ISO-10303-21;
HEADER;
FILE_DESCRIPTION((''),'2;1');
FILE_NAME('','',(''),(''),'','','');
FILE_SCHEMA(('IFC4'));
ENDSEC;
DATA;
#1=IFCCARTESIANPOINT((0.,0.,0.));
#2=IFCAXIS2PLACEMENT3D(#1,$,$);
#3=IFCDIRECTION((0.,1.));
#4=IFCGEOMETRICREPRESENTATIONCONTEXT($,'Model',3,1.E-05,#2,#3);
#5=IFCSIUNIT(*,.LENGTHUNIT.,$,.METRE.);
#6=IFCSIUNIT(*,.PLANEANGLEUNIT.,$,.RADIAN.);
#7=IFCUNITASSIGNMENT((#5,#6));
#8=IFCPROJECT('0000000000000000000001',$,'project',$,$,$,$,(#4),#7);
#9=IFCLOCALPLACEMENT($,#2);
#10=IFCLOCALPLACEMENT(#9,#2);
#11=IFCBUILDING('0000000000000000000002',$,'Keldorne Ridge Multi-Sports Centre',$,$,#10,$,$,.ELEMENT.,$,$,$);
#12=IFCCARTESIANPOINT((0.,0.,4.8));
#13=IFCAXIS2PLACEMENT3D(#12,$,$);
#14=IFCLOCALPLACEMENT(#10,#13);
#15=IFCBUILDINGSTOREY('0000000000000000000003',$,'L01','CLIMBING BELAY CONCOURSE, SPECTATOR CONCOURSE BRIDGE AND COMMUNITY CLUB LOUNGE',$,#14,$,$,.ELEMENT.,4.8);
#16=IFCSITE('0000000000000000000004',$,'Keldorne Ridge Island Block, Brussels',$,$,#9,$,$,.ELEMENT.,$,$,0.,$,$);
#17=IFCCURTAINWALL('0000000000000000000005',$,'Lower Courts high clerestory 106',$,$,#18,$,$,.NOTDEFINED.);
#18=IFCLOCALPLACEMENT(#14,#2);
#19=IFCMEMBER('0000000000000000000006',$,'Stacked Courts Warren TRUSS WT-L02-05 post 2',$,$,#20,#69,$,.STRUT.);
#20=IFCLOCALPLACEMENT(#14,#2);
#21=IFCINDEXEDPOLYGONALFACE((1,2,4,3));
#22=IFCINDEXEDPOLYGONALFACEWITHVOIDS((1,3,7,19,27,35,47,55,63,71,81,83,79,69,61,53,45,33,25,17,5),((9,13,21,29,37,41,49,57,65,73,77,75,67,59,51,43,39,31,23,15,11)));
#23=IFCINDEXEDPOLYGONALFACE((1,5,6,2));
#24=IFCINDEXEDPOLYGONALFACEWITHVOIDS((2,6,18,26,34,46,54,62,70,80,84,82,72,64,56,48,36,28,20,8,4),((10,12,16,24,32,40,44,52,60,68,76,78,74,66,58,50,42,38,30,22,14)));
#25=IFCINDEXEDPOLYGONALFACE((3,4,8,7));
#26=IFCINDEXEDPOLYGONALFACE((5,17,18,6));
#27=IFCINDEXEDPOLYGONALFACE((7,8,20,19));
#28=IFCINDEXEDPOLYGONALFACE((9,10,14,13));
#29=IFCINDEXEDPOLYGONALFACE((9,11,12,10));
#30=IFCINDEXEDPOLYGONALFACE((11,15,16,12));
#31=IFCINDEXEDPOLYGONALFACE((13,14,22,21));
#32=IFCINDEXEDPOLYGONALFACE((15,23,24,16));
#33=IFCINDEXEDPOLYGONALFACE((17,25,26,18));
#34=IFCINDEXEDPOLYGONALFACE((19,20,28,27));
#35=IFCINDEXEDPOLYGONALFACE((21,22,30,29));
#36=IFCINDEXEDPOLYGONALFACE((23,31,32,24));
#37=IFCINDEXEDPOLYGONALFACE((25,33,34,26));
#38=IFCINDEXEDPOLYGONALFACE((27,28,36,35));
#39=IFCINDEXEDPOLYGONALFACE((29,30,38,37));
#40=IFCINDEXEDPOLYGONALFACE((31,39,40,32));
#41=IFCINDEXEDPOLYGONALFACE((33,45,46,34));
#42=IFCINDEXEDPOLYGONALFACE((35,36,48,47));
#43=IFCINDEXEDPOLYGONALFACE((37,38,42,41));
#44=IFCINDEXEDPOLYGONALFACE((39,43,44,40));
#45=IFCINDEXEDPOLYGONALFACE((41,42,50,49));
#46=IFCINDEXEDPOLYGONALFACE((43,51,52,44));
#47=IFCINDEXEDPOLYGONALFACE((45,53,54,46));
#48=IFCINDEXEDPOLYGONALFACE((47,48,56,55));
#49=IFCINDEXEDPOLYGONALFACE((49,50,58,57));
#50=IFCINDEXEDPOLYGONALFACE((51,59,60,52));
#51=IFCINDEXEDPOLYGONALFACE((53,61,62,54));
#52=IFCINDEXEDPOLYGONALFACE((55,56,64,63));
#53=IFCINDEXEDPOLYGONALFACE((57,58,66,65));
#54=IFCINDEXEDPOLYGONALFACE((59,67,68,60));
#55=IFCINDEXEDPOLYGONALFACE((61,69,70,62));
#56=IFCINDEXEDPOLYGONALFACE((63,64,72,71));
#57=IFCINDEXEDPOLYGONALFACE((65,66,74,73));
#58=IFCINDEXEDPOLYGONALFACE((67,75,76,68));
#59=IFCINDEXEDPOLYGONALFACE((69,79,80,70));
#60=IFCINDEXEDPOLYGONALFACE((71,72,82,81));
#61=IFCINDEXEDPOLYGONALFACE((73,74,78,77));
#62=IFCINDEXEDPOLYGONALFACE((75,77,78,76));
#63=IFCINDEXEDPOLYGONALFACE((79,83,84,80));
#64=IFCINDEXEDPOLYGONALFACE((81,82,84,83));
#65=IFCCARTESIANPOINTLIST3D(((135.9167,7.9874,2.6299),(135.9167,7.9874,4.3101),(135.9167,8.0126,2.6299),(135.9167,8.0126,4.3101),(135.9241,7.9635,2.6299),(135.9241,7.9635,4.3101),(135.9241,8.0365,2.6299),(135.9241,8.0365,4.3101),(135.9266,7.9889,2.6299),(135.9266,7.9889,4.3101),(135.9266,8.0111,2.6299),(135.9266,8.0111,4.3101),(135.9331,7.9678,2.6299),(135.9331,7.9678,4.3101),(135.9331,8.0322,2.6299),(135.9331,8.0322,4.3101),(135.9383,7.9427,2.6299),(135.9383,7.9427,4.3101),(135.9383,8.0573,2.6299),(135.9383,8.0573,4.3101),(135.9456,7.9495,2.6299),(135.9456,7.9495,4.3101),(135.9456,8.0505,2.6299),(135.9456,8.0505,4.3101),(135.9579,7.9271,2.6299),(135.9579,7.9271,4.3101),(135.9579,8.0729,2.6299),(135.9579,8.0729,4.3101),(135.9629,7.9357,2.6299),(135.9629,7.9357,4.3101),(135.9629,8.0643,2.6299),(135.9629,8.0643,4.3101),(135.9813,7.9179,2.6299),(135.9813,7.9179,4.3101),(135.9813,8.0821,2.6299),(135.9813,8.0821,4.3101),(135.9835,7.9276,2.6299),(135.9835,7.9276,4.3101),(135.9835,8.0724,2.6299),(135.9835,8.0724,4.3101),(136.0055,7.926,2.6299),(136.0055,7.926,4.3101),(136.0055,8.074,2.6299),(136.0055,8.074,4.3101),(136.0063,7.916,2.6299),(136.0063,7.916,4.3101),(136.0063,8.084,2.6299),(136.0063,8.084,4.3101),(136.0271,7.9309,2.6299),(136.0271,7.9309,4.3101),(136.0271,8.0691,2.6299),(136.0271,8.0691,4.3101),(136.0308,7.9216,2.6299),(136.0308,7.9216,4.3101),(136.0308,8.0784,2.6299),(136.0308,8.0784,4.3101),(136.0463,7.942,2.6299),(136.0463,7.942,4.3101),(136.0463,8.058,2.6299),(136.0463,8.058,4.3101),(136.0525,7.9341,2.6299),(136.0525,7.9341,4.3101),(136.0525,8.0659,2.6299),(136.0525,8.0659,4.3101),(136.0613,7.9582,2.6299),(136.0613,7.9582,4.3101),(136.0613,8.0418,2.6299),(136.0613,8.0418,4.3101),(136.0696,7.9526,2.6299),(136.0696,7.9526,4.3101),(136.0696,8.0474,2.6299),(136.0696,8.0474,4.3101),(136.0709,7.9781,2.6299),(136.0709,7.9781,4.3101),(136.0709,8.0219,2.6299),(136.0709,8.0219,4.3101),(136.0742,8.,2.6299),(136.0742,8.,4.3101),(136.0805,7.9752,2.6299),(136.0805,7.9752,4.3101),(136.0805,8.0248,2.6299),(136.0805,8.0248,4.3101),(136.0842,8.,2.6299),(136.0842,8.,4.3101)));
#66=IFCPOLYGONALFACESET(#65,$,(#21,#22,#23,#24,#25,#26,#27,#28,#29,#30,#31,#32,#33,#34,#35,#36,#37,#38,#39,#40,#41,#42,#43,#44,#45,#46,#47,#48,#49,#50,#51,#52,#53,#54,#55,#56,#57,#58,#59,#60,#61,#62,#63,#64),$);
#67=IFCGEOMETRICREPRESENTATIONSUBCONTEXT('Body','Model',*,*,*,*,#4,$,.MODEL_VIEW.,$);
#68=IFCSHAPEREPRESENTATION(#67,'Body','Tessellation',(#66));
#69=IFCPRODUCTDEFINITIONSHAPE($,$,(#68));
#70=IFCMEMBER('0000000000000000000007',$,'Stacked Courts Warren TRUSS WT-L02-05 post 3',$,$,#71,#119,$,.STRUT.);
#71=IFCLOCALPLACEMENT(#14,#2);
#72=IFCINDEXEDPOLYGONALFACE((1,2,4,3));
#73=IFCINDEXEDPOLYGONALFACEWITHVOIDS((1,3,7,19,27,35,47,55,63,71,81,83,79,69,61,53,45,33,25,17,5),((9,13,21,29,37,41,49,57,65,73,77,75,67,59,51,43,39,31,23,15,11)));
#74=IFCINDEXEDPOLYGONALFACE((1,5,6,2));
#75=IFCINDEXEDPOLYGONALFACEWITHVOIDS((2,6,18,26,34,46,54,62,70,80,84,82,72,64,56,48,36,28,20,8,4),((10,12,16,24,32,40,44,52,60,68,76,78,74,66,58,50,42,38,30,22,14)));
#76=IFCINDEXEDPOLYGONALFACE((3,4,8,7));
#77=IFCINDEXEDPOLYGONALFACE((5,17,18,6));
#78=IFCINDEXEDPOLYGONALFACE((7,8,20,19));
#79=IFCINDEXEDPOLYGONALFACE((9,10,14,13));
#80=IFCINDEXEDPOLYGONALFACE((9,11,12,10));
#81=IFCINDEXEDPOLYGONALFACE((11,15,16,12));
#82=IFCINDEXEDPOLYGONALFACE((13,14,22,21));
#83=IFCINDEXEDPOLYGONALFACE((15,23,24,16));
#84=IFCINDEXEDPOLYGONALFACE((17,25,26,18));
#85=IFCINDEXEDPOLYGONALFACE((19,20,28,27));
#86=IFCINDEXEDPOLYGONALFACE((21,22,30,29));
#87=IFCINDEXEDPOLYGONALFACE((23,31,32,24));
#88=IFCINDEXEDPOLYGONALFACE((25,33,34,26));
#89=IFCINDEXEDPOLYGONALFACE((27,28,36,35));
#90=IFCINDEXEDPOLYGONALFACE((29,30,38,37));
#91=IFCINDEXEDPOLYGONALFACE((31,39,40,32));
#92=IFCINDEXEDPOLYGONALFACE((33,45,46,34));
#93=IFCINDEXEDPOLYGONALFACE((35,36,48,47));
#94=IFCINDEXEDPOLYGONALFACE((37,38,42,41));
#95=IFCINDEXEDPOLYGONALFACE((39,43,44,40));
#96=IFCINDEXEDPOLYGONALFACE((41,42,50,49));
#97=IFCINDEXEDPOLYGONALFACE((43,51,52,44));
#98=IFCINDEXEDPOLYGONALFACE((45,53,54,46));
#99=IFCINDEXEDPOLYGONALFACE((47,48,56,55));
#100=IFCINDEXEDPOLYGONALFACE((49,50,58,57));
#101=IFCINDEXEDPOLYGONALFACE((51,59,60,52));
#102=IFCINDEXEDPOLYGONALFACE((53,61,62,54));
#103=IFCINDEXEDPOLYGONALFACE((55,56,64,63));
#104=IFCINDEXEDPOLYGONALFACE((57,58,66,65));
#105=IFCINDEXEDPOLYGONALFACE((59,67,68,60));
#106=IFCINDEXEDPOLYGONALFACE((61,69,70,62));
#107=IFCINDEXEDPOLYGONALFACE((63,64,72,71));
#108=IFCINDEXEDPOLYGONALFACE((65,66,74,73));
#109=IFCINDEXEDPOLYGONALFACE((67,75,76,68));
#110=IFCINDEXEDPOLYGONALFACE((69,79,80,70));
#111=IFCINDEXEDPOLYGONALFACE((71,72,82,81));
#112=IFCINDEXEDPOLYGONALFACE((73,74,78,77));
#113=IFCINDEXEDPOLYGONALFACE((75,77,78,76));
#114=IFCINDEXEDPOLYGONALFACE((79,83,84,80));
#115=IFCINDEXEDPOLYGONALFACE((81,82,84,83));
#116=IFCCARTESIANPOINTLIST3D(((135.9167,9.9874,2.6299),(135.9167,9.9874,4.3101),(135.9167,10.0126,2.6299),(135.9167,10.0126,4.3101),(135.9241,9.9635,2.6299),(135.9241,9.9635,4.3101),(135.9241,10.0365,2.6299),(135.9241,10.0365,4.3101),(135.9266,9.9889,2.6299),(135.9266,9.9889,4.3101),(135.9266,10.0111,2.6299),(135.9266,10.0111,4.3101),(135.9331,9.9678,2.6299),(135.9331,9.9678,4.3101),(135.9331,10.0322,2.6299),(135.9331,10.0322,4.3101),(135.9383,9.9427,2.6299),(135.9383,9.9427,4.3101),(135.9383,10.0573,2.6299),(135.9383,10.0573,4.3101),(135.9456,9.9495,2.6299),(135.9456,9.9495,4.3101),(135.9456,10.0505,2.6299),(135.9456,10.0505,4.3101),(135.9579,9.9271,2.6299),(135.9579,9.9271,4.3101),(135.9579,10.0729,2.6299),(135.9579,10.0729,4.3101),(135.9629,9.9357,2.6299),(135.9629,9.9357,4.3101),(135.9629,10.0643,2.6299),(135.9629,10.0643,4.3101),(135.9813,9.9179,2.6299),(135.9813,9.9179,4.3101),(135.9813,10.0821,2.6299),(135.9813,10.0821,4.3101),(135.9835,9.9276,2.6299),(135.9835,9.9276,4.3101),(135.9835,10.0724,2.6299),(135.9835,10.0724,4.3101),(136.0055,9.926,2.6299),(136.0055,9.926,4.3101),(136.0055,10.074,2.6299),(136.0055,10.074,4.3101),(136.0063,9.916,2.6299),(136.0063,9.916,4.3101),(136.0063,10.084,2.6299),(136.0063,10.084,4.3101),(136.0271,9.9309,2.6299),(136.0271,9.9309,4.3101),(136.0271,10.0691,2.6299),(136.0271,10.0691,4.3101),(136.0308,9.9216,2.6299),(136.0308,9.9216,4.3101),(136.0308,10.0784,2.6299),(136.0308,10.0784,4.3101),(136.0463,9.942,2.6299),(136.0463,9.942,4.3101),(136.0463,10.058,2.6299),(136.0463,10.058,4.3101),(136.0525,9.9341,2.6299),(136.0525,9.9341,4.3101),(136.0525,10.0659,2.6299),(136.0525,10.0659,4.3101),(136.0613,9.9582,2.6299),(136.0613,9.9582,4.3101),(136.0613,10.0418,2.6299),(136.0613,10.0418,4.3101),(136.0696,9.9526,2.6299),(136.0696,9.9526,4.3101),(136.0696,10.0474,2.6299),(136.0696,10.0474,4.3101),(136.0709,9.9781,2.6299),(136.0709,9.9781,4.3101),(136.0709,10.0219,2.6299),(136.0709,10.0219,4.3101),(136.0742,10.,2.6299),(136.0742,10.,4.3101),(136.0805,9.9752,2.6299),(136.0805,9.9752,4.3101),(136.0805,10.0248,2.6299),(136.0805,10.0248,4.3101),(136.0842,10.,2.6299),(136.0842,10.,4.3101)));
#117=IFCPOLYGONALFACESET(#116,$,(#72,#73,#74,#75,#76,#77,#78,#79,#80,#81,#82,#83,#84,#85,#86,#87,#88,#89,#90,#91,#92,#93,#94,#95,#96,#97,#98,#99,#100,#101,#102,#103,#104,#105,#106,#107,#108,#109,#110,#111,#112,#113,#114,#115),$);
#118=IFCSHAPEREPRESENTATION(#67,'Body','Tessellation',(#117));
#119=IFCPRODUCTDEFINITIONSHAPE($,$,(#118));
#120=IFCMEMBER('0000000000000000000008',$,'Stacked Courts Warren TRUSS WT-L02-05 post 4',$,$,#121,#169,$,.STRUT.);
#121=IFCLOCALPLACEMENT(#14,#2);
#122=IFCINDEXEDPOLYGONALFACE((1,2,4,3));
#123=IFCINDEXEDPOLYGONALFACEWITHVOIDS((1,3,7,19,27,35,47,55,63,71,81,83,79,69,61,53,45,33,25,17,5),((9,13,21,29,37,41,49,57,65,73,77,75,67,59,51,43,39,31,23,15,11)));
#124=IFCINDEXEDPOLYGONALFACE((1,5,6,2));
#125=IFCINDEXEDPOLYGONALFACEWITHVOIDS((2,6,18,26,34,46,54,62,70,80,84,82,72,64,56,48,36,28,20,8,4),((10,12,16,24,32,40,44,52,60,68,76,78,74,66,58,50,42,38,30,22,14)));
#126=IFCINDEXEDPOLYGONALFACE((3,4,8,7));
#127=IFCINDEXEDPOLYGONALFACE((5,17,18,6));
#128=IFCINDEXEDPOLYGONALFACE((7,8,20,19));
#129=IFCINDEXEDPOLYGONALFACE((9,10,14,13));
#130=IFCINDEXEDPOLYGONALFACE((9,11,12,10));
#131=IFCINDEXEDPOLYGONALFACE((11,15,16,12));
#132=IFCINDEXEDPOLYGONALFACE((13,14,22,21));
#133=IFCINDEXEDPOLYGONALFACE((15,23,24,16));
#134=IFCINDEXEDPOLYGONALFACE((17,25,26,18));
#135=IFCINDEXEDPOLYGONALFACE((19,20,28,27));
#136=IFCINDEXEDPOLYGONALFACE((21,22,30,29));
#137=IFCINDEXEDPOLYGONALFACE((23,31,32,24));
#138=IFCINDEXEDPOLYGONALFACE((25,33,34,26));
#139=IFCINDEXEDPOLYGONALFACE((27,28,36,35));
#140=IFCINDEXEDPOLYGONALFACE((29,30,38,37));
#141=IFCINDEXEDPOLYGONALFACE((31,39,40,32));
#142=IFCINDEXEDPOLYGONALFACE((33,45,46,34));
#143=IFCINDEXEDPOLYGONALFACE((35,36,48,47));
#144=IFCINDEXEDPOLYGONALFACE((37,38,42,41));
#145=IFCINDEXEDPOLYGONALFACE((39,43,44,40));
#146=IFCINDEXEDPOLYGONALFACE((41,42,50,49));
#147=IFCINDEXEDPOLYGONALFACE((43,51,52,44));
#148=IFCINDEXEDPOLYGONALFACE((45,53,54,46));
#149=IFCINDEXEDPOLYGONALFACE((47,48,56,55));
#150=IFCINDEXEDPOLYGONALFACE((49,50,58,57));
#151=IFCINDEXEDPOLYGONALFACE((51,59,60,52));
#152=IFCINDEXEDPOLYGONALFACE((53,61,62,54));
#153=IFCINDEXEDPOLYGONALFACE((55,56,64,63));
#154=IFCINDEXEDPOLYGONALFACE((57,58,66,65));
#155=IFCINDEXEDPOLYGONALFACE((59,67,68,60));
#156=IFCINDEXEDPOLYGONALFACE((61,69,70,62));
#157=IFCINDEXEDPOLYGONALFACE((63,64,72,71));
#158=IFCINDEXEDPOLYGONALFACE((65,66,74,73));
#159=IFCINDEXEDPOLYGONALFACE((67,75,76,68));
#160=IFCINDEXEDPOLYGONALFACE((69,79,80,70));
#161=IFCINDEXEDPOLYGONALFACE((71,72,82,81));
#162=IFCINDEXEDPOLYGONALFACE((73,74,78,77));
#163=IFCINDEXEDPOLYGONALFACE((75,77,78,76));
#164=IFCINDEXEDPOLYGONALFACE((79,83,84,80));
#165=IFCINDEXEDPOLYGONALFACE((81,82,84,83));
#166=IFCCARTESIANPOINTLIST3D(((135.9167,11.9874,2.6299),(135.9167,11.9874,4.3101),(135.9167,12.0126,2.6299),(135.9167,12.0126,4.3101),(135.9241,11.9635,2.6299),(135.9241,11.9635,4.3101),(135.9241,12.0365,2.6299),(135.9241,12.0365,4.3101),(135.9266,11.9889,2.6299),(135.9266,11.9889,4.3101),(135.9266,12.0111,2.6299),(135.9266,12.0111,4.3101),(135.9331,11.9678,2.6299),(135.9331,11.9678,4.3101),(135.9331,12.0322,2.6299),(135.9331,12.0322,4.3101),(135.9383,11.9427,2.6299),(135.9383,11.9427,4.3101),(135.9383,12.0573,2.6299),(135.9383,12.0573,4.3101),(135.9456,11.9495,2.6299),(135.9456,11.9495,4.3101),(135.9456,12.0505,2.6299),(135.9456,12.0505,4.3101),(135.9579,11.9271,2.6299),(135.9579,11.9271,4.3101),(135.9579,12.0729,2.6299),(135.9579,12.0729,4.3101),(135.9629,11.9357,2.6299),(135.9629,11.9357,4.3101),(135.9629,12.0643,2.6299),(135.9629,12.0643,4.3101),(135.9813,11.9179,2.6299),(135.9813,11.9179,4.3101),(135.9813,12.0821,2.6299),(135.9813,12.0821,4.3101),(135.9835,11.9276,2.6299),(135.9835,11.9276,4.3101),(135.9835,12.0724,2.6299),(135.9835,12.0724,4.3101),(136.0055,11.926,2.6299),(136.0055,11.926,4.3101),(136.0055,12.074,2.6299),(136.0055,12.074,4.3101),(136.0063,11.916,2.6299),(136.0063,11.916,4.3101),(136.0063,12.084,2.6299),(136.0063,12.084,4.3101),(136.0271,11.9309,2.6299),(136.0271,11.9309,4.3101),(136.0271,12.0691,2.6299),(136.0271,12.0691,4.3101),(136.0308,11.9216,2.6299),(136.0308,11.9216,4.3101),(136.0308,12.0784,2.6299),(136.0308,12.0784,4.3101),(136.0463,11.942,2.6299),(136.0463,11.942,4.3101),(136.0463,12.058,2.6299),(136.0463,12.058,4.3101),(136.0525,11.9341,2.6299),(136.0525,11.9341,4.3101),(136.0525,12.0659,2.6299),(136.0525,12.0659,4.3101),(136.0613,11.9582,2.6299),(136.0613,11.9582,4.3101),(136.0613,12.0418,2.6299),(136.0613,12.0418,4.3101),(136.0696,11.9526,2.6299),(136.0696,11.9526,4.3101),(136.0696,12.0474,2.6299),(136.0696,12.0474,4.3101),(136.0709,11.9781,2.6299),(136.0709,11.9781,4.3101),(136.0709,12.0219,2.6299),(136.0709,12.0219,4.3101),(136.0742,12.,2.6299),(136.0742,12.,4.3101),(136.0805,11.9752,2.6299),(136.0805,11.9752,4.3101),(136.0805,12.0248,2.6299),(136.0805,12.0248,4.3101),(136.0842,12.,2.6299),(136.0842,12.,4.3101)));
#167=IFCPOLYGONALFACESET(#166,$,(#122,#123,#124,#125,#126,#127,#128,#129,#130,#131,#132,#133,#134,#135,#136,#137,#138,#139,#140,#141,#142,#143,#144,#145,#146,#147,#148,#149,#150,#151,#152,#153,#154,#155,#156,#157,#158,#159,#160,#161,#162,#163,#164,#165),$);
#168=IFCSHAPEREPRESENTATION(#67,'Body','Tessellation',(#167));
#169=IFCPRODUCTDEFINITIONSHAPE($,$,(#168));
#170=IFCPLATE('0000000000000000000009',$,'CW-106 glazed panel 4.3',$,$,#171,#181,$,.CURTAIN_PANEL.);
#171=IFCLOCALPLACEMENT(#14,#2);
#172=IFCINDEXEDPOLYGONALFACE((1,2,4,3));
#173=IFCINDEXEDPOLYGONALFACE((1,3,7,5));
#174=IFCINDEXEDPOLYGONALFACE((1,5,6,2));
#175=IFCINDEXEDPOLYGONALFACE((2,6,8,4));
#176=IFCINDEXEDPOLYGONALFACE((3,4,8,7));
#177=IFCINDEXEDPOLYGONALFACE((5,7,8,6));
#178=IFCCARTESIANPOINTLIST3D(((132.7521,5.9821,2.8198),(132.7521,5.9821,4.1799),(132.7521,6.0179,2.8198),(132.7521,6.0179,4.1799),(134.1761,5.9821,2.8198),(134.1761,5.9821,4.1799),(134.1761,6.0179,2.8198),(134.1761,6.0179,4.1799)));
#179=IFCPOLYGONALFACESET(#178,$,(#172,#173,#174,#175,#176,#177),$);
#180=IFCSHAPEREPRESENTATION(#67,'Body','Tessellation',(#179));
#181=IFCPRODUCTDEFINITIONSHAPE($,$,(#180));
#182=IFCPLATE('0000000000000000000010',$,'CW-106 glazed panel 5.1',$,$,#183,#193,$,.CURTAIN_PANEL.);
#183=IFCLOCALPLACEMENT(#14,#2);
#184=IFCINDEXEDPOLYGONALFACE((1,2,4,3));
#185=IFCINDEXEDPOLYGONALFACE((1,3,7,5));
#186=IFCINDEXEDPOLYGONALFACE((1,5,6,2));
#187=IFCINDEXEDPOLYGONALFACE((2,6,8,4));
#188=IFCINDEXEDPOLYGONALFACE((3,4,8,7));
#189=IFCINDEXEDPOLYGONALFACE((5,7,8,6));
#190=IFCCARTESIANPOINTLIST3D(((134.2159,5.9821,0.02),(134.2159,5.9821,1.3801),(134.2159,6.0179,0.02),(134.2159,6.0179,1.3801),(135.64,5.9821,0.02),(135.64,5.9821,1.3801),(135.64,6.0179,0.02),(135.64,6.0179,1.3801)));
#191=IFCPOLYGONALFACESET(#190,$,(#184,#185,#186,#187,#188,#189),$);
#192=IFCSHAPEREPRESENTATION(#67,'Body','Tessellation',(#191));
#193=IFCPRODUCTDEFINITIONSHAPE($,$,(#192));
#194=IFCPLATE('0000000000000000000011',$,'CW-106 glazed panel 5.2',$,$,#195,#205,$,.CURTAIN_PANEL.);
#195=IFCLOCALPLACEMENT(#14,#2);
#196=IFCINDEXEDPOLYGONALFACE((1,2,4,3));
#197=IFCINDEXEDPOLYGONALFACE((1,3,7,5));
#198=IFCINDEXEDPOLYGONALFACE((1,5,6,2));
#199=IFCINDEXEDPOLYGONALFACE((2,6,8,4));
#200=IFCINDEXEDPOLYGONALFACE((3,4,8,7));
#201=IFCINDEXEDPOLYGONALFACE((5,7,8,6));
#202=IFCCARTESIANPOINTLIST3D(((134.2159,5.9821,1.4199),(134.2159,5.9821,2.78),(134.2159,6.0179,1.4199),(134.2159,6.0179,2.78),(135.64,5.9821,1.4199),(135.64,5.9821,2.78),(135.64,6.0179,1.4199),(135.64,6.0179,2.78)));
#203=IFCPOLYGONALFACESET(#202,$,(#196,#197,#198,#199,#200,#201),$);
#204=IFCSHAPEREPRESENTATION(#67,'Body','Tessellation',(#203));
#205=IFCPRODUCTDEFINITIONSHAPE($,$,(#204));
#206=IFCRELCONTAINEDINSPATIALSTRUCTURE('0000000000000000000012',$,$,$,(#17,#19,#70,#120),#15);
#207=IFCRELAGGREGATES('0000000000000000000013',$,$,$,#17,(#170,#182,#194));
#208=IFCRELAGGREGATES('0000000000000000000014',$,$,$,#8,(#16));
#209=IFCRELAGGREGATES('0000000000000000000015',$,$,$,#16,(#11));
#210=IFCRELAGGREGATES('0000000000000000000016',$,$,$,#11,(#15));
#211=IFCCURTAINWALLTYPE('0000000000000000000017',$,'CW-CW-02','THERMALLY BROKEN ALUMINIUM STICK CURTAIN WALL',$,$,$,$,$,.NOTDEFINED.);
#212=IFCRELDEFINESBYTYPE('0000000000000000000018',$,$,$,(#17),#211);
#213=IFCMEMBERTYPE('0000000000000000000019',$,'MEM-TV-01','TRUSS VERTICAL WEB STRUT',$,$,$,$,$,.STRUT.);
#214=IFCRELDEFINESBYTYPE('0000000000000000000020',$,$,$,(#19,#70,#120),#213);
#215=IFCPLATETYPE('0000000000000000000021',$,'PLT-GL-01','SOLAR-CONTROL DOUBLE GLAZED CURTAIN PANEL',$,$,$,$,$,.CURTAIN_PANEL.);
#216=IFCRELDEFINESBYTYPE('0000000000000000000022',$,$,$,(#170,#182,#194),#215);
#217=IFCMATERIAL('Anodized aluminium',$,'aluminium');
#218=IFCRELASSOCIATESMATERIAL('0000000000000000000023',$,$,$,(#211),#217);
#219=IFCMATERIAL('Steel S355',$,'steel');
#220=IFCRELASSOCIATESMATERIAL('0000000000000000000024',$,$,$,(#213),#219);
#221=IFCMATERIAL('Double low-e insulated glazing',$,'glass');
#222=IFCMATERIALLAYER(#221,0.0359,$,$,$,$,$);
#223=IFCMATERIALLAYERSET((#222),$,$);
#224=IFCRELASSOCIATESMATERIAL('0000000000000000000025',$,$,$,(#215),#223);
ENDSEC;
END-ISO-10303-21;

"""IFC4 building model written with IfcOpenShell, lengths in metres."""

from ifc_helpers import new_model, si_unit, direction, frame, origin, origin_2d, place, context, subcontext, project, spatial, rectangle, hollow_circle, extrude, material, layer, layer_set, material_profile, profile_set, type_object, element, aggregate, save


model = new_model("IFC4")

# Units and contexts
model_context = context("Model", 3, precision=1e-05, world=origin(), true_north=direction((0.0, 1.0)))
body_context = subcontext(model_context, "Body", "Model", "MODEL_VIEW")
ifc_project = project(units=[si_unit("LENGTHUNIT", "METRE"), si_unit("PLANEANGLEUNIT", "RADIAN")], contexts=[model_context])

# Site, building, storey
site_placement = place(None, origin())
site = spatial("IfcSite", under=ifc_project, at=site_placement, Name="Keldorne Ridge Island Block, Brussels", CompositionType="ELEMENT", RefElevation=0.0)
building_placement = place(site_placement, origin())
building = spatial("IfcBuilding", under=site, at=building_placement, Name="Keldorne Ridge Multi-Sports Centre", CompositionType="ELEMENT")
storey_placement = place(building_placement, frame((0.0, 0.0, 4.8)))
storey = spatial("IfcBuildingStorey", under=building, at=storey_placement, Name="L01", Description="CLIMBING BELAY CONCOURSE, SPECTATOR CONCOURSE BRIDGE AND COMMUNITY CLUB LOUNGE", CompositionType="ELEMENT", Elevation=4.8)

# Shared definitions
ifc_material_1 = material(Name="Steel S355", Category="steel")

# Curtain wall
ifc_material_2 = material(Name="Anodized aluminium", Category="aluminium")
curtain_wall_type_1 = type_object("IfcCurtainWallType", Name="CW-CW-02", Description="THERMALLY BROKEN ALUMINIUM STICK CURTAIN WALL", PredefinedType="NOTDEFINED", material=ifc_material_2)
curtain_wall_1_placement = place(storey_placement, origin())
curtain_wall_1 = element("IfcCurtainWall", 1, at=curtain_wall_1_placement, inside=storey, type_object=curtain_wall_type_1, Name="Lower Courts high clerestory 106", PredefinedType="NOTDEFINED")

# Members
ifc_material_profile_1 = material_profile(ifc_material_1, hollow_circle(Radius=0.0842, WallThickness=0.01, at=origin_2d()), Name="CHS 168.3x10")
ifc_profile_set_1 = profile_set([ifc_material_profile_1], Name="Steel S355")
member_type_1 = type_object("IfcMemberType", Name="MEM-TV-01", Description="TRUSS VERTICAL WEB STRUT", PredefinedType="STRUT", material=ifc_profile_set_1)
for number, where, z_axis, x_axis, name in (
    (2, (136.0, 8.0, 2.6299), (0.0, 0.0, 1.0), (1.0, 0.0, 0.0), "Stacked Courts Warren TRUSS WT-L02-05 post 2"),
    (3, (136.0, 10.0, 2.6299), (0.0, 0.0, 1.0), (1.0, 0.0, 0.0), "Stacked Courts Warren TRUSS WT-L02-05 post 3"),
    (4, (136.0, 12.0, 2.6299), (0.0, 0.0, 1.0), (1.0, 0.0, 0.0), "Stacked Courts Warren TRUSS WT-L02-05 post 4"),
):
    element("IfcMember", number, at=place(storey_placement, frame(where, z_axis=z_axis, x_axis=x_axis)), inside=storey, type_object=member_type_1, Name=name, PredefinedType="STRUT", context=body_context, shape_type="SweptSolid", body=[
        extrude(hollow_circle(Radius=0.0842, WallThickness=0.01, at=origin_2d()), origin(), (0.0, 0.0, 1.0), 1.6802),
    ])

# Plates
ifc_material_3 = material(Name="Double low-e insulated glazing", Category="glass")
ifc_layer = layer(ifc_material_3, 0.0359)
ifc_layer_set = layer_set([ifc_layer])
plate_type = type_object("IfcPlateType", Name="PLT-GL-01", Description="SOLAR-CONTROL DOUBLE GLAZED CURTAIN PANEL", PredefinedType="CURTAIN_PANEL", material=ifc_layer_set)
plate_1_placement = place(storey_placement, frame((133.4641, 6.0, 2.8198), z_axis=(0.0, 0.0, 1.0), x_axis=(1.0, 0.0, 0.0)))
plate_1 = element("IfcPlate", 5, at=plate_1_placement, type_object=plate_type, Name="CW-106 glazed panel 4.3", PredefinedType="CURTAIN_PANEL", context=body_context, shape_type="SweptSolid", body=[
    extrude(rectangle(XDim=1.4241, YDim=0.0359, at=origin_2d()), origin(), (0.0, 0.0, 1.0), 1.3601),
])
plate_2_placement = place(storey_placement, frame((134.928, 6.0, 0.02), z_axis=(0.0, 0.0, 1.0), x_axis=(1.0, 0.0, 0.0)))
plate_2 = element("IfcPlate", 6, at=plate_2_placement, type_object=plate_type, Name="CW-106 glazed panel 5.1", PredefinedType="CURTAIN_PANEL", context=body_context, shape_type="SweptSolid", body=[
    extrude(rectangle(XDim=1.4241, YDim=0.0359, at=origin_2d()), origin(), (0.0, 0.0, 1.0), 1.3601),
])
plate_3_placement = place(storey_placement, frame((134.928, 6.0, 1.4199), z_axis=(0.0, 0.0, 1.0), x_axis=(1.0, 0.0, 0.0)))
plate_3 = element("IfcPlate", 7, at=plate_3_placement, type_object=plate_type, Name="CW-106 glazed panel 5.2", PredefinedType="CURTAIN_PANEL", context=body_context, shape_type="SweptSolid", body=[
    extrude(rectangle(XDim=1.4241, YDim=0.0359, at=origin_2d()), origin(), (0.0, 0.0, 1.0), 1.3601),
])
aggregate(curtain_wall_1, [plate_1, plate_2, plate_3])

save(model, "model.ifc")
